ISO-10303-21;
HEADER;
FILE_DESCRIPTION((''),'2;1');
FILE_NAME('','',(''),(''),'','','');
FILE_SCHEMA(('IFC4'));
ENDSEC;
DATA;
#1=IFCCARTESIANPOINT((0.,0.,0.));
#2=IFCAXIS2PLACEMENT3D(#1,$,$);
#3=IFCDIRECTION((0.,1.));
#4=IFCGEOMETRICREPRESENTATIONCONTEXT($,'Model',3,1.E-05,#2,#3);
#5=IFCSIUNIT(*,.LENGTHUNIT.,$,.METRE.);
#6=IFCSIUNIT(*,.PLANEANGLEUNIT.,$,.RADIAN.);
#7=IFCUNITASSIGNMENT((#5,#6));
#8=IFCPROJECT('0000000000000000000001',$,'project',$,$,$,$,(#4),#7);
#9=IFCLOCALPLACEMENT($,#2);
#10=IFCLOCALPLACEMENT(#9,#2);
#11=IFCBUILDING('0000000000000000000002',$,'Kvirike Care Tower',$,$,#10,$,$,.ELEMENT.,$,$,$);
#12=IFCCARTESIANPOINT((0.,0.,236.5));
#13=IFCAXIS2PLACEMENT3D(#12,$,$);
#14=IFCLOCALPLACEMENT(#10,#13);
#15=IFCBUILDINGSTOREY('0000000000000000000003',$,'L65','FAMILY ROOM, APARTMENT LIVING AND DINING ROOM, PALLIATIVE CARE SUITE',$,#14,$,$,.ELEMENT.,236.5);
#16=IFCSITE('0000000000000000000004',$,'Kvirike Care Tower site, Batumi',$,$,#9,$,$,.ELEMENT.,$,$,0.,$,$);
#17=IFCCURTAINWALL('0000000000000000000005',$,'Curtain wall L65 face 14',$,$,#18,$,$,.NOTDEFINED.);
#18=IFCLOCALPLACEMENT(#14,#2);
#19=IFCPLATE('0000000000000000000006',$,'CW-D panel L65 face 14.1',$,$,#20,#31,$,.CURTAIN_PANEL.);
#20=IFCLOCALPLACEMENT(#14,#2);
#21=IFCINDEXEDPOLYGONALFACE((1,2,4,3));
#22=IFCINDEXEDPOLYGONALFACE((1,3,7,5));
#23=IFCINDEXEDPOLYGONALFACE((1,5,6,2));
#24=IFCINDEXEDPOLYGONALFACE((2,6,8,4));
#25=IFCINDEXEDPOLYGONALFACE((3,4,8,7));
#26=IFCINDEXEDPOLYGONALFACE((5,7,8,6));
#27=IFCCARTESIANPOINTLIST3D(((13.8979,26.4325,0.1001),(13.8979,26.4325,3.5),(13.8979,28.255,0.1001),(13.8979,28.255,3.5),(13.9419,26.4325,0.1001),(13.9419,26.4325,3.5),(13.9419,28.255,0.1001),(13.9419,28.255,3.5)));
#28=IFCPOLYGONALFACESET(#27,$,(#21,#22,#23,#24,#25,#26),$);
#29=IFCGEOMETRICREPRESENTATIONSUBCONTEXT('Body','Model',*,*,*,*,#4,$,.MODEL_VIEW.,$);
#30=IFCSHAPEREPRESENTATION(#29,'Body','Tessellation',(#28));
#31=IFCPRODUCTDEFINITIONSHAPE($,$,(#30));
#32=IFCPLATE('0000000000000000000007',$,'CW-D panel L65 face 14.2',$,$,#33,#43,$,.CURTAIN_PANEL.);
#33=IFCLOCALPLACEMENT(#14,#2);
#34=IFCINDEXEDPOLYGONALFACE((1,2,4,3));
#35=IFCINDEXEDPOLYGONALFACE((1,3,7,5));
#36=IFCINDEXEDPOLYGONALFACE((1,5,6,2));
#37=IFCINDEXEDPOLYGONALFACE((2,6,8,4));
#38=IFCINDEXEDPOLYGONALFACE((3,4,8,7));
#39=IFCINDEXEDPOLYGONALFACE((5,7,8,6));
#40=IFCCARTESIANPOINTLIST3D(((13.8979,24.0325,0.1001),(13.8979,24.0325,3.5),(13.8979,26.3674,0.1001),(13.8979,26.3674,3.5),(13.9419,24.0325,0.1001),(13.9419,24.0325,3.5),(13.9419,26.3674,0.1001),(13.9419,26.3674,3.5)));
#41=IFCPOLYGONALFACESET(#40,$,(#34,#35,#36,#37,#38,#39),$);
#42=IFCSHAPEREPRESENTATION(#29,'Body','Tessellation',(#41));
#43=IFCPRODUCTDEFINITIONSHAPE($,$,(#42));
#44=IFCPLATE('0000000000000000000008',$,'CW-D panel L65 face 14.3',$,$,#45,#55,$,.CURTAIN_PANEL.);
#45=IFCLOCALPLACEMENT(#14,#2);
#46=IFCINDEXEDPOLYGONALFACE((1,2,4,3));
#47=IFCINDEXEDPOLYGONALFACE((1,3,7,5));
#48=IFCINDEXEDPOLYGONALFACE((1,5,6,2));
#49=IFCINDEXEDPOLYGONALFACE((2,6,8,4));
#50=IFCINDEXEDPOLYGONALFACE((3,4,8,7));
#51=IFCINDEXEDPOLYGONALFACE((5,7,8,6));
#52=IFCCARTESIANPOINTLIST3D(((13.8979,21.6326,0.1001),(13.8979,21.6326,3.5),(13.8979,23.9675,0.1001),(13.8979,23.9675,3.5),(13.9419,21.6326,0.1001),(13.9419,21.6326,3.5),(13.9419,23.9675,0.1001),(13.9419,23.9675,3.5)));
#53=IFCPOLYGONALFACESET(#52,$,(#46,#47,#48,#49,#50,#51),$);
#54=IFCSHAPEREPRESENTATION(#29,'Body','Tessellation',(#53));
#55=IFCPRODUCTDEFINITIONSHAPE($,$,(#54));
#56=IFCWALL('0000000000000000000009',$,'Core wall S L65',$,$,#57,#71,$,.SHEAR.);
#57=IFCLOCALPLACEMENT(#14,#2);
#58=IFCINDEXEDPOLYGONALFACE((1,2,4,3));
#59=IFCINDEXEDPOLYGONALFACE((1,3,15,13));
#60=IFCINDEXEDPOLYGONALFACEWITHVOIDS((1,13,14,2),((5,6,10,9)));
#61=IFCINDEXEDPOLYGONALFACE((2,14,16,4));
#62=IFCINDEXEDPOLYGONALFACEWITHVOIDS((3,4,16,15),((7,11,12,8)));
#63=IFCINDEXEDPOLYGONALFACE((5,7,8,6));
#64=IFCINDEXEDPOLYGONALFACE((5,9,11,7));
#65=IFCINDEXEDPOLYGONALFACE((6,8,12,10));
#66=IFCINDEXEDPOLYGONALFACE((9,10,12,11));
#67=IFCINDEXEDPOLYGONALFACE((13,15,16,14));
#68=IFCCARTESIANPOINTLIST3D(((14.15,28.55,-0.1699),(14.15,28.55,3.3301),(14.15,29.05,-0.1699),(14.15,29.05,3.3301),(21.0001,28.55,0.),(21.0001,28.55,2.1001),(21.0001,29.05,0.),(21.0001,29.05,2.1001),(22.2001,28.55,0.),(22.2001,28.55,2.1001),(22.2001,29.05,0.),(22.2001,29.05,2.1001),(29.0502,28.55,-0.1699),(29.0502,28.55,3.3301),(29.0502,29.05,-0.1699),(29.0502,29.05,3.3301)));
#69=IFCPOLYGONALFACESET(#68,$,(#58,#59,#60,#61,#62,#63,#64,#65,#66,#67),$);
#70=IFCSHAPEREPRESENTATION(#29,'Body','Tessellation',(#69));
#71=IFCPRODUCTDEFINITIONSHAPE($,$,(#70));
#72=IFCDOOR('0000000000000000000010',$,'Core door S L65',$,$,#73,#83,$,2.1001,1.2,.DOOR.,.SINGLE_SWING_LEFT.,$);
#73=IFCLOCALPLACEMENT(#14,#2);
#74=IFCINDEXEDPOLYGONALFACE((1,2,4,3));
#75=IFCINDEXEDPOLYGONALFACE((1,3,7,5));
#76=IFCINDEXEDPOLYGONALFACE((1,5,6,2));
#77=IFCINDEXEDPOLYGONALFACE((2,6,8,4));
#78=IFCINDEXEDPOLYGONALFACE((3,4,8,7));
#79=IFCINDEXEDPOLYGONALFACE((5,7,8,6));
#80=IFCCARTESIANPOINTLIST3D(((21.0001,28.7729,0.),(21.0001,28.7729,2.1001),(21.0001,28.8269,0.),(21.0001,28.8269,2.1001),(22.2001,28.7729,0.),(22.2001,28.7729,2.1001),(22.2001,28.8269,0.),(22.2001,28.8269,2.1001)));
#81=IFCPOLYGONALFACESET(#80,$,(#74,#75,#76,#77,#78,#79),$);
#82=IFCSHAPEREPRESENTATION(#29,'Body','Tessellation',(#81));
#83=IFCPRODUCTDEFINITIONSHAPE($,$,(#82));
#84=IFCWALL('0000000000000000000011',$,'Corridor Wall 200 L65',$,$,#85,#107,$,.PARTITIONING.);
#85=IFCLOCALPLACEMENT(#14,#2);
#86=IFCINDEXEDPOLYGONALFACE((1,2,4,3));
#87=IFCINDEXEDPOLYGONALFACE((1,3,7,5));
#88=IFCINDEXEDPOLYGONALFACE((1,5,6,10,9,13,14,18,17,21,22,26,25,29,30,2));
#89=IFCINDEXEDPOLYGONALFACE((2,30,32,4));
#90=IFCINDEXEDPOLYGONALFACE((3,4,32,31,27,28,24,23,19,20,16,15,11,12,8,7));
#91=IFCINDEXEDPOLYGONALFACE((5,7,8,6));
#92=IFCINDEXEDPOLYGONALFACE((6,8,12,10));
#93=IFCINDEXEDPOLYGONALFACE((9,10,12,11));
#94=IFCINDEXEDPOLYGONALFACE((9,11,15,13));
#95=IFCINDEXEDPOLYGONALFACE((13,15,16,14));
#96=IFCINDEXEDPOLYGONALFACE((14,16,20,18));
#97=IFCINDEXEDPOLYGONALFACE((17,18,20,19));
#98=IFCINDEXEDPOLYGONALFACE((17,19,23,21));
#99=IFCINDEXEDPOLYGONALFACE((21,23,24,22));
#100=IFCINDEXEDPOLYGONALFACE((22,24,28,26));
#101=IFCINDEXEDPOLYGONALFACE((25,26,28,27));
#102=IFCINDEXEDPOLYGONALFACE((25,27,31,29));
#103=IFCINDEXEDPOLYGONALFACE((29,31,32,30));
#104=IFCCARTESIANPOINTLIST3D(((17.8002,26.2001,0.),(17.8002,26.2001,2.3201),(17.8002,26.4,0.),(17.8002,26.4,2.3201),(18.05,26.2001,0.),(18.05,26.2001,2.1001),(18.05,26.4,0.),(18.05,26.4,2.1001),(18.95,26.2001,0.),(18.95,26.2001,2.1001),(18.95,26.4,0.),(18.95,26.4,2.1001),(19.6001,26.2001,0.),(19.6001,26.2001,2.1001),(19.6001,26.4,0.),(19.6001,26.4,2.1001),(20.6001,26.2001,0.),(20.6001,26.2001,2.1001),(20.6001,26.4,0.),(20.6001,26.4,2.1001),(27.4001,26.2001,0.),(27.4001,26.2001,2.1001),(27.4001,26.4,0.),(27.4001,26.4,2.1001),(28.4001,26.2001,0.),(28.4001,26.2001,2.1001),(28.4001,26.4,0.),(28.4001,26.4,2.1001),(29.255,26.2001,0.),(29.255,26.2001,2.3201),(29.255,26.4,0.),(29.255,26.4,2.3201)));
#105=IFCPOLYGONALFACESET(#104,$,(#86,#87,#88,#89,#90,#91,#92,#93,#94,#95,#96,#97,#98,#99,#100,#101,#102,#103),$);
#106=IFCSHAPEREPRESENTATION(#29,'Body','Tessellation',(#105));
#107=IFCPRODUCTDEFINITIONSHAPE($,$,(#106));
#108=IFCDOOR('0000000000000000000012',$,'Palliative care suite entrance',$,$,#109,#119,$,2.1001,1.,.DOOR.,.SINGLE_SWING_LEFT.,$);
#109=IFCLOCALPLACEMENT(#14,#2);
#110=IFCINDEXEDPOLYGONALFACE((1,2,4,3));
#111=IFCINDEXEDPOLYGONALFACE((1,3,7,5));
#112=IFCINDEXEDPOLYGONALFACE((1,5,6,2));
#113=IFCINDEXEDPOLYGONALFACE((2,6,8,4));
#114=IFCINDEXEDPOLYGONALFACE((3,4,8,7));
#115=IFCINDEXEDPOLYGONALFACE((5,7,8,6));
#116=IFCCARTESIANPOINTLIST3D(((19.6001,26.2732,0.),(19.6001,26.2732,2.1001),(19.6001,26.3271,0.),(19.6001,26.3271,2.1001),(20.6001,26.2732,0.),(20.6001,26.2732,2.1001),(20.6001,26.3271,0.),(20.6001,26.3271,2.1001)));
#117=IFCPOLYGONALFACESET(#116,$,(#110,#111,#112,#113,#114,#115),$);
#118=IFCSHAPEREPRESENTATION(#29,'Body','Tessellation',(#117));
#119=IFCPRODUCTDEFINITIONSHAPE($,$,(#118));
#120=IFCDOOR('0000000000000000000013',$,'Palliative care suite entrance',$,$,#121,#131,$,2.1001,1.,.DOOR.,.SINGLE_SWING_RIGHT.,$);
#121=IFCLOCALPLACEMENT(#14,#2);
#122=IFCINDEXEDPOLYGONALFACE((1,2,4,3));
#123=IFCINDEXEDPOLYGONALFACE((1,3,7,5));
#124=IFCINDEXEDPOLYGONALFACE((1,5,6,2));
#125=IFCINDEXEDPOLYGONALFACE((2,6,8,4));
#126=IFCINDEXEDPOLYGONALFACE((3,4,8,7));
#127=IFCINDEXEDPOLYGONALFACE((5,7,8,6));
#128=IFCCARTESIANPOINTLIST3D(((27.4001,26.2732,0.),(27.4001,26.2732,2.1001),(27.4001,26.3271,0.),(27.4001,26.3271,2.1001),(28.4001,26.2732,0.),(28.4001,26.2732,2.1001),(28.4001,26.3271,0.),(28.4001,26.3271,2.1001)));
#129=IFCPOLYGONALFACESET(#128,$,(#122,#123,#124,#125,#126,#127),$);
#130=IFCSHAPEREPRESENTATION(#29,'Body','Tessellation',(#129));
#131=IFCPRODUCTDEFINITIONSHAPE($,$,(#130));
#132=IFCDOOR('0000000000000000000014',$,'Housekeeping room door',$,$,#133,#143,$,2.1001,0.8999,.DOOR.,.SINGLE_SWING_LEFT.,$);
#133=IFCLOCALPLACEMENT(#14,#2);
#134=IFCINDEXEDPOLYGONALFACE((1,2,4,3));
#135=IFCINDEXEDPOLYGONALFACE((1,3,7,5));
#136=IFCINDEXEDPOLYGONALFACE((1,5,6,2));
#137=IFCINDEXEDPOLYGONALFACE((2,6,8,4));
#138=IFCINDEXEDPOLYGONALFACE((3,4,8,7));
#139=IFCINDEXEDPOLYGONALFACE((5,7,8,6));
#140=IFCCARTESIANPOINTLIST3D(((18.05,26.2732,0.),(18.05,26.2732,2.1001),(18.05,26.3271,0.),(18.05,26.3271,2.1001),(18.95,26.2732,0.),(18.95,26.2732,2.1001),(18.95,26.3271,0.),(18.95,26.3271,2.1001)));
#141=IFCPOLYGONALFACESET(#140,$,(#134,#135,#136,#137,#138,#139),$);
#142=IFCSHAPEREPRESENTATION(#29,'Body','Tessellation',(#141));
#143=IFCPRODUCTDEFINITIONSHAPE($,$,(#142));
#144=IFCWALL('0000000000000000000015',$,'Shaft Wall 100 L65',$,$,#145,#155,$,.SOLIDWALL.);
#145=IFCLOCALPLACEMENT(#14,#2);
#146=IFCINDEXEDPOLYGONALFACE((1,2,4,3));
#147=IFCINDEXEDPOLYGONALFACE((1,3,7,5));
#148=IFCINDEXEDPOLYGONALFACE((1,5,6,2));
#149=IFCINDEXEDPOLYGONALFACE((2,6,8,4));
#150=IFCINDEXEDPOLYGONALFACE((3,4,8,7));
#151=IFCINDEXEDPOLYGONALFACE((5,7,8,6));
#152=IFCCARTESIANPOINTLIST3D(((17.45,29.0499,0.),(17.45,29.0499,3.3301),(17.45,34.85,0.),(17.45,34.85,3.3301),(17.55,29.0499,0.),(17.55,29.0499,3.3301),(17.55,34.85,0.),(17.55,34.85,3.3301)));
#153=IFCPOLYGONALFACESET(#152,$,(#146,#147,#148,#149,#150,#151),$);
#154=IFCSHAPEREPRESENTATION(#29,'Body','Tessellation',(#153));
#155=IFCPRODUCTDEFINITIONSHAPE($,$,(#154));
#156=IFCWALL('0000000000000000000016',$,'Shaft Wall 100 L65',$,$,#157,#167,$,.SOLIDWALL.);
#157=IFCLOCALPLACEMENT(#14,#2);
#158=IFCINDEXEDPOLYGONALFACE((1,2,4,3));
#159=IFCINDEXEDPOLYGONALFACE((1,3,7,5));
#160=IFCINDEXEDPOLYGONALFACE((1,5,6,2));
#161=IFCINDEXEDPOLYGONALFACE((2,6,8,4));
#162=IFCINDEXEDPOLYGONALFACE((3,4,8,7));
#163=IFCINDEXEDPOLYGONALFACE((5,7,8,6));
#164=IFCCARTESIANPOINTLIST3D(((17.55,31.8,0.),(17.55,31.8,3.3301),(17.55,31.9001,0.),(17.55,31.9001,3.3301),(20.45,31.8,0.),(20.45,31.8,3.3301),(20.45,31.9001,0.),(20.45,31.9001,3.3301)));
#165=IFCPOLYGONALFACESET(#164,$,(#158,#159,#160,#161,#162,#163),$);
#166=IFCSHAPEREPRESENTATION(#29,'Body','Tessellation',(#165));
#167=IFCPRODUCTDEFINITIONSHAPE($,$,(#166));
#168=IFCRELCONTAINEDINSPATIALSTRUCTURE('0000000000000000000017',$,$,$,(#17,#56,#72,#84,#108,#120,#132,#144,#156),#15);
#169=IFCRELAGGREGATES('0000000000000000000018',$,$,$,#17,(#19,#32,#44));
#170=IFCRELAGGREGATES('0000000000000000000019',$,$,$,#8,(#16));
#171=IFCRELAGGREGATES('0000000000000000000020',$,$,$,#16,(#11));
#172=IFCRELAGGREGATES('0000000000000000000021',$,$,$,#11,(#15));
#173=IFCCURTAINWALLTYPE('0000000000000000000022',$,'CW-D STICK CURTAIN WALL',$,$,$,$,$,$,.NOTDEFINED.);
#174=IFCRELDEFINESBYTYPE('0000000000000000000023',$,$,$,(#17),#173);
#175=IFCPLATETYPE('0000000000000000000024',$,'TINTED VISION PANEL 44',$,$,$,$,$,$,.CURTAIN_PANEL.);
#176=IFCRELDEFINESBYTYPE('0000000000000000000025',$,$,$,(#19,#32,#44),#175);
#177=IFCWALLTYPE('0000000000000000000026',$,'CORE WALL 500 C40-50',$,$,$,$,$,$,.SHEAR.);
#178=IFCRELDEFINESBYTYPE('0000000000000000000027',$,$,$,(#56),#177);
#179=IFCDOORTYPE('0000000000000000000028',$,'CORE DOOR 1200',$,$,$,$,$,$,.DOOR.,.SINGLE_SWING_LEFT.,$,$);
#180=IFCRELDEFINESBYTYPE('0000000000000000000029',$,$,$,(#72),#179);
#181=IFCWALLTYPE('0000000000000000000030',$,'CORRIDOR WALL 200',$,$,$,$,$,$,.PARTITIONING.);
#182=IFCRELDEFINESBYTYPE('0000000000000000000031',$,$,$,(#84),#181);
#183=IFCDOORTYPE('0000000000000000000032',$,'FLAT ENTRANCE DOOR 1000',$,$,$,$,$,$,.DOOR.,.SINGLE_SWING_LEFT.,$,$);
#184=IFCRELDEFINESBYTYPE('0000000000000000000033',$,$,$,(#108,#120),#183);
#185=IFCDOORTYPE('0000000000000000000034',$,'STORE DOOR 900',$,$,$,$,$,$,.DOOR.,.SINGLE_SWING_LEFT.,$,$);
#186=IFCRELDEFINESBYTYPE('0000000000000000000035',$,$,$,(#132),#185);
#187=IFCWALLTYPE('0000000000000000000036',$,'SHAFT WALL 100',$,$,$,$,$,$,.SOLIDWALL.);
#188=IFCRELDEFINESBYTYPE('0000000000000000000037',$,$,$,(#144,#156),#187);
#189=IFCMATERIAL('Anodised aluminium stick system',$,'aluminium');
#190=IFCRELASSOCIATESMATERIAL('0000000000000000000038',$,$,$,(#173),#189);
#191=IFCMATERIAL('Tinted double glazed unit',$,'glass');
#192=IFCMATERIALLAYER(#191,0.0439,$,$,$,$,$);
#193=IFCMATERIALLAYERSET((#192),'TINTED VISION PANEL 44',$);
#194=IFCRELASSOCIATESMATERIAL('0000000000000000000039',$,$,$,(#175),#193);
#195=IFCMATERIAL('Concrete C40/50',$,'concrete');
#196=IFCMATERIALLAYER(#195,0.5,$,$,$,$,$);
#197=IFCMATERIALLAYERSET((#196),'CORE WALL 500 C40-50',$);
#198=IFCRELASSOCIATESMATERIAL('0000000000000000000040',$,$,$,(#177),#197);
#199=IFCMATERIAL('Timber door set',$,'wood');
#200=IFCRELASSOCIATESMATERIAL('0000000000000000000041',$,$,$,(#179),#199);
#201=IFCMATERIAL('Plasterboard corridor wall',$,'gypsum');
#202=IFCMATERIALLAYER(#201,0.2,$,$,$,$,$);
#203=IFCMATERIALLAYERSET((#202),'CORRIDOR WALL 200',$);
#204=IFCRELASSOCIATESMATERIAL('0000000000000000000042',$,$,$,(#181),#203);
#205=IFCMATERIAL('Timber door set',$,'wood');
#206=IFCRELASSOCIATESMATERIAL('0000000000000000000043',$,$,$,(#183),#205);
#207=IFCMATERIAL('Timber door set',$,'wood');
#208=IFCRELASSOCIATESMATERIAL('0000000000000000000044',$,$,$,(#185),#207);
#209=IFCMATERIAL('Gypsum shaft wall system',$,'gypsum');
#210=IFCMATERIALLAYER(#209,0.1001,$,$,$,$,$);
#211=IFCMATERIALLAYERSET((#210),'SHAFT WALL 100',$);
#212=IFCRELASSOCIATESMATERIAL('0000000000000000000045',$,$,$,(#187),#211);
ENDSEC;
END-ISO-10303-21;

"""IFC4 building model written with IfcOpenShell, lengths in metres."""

from ifc_helpers import new_model, si_unit, direction, frame, frame_2d, origin, origin_2d, place, context, subcontext, project, spatial, rectangle, extrude, material, layer, layer_set, type_object, element, fill, aggregate, save


model = new_model("IFC4")

# Units and contexts
model_context = context("Model", 3, precision=1e-05, world=origin(), true_north=direction((0.0, 1.0)))
body_context = subcontext(model_context, "Body", "Model", "MODEL_VIEW")
ifc_project = project(units=[si_unit("LENGTHUNIT", "METRE"), si_unit("PLANEANGLEUNIT", "RADIAN")], contexts=[model_context])

# Site, building, storey
site_placement = place(None, origin())
site = spatial("IfcSite", under=ifc_project, at=site_placement, Name="Kvirike Care Tower site, Batumi", CompositionType="ELEMENT", RefElevation=0.0)
building_placement = place(site_placement, origin())
building = spatial("IfcBuilding", under=site, at=building_placement, Name="Kvirike Care Tower", CompositionType="ELEMENT")
storey_placement = place(building_placement, frame((0.0, 0.0, 236.5)))
storey = spatial("IfcBuildingStorey", under=building, at=storey_placement, Name="L65", Description="FAMILY ROOM, APARTMENT LIVING AND DINING ROOM, PALLIATIVE CARE SUITE", CompositionType="ELEMENT", Elevation=236.5)

# Curtain wall
ifc_material_1 = material(Name="Anodised aluminium stick system", Category="aluminium")
curtain_wall_type = type_object("IfcCurtainWallType", Name="CW-D STICK CURTAIN WALL", PredefinedType="NOTDEFINED", material=ifc_material_1)
curtain_wall_placement = place(storey_placement, origin())
curtain_wall = element("IfcCurtainWall", 1, at=curtain_wall_placement, inside=storey, type_object=curtain_wall_type, Name="Curtain wall L65 face 14", PredefinedType="NOTDEFINED")

# Plates
ifc_material_2 = material(Name="Tinted double glazed unit", Category="glass")
ifc_layer_1 = layer(ifc_material_2, 0.0439)
ifc_layer_set_1 = layer_set([ifc_layer_1], Name="TINTED VISION PANEL 44")
plate_type = type_object("IfcPlateType", Name="TINTED VISION PANEL 44", PredefinedType="CURTAIN_PANEL", material=ifc_layer_set_1)
plate_1_placement = place(storey_placement, frame((13.9199, 27.3438, 0.1001), z_axis=(0.0, 0.0, 1.0), x_axis=(0.0, -1.0, 0.0)))
plate_1 = element("IfcPlate", 2, at=plate_1_placement, type_object=plate_type, Name="CW-D panel L65 face 14.1", PredefinedType="CURTAIN_PANEL", context=body_context, shape_type="SweptSolid", body=[
    extrude(rectangle(XDim=1.8225, YDim=0.0439, at=origin_2d()), origin(), (0.0, 0.0, 1.0), 3.3999),
])
plate_2_placement = place(storey_placement, frame((13.9199, 25.2, 0.1001), z_axis=(0.0, 0.0, 1.0), x_axis=(0.0, -1.0, 0.0)))
plate_2 = element("IfcPlate", 3, at=plate_2_placement, type_object=plate_type, Name="CW-D panel L65 face 14.2", PredefinedType="CURTAIN_PANEL", context=body_context, shape_type="SweptSolid", body=[
    extrude(rectangle(XDim=2.335, YDim=0.0439, at=origin_2d()), origin(), (0.0, 0.0, 1.0), 3.3999),
])
plate_3_placement = place(storey_placement, frame((13.9199, 22.8, 0.1001), z_axis=(0.0, 0.0, 1.0), x_axis=(0.0, -1.0, 0.0)))
plate_3 = element("IfcPlate", 4, at=plate_3_placement, type_object=plate_type, Name="CW-D panel L65 face 14.3", PredefinedType="CURTAIN_PANEL", context=body_context, shape_type="SweptSolid", body=[
    extrude(rectangle(XDim=2.335, YDim=0.0439, at=origin_2d()), origin(), (0.0, 0.0, 1.0), 3.3999),
])
aggregate(curtain_wall, [plate_1, plate_2, plate_3])

# Wall, opening, door
ifc_material_3 = material(Name="Concrete C40/50", Category="concrete")
ifc_layer_2 = layer(ifc_material_3, 0.5)
ifc_layer_set_2 = layer_set([ifc_layer_2], Name="CORE WALL 500 C40-50")
wall_type_1 = type_object("IfcWallType", Name="CORE WALL 500 C40-50", PredefinedType="SHEAR", material=ifc_layer_set_2)
wall_1_placement = place(storey_placement, frame((14.1499, 28.8, -0.1699), z_axis=(0.0, 0.0, 1.0), x_axis=(1.0, 0.0, 0.0)))
wall_1 = element("IfcWall", 5, at=wall_1_placement, inside=storey, type_object=wall_type_1, Name="Core wall S L65", PredefinedType="SHEAR", context=body_context, shape_type="SweptSolid", body=[
    extrude(rectangle(XDim=14.9001, YDim=0.5, at=frame_2d((7.4502, 0.0))), origin(), (0.0, 0.0, 1.0), 3.5),
])
opening_1_placement = place(wall_1_placement, frame((6.8501, 0.0, 0.1699)))
opening_1 = element("IfcOpeningElement", 6, at=opening_1_placement, cuts=wall_1, PredefinedType="OPENING", context=body_context, shape_type="SweptSolid", body=[
    extrude(rectangle(XDim=1.2, YDim=2.1001, at=frame_2d((0.6001, 1.05))), frame((0.0, 0.2605, 0.0), z_axis=(0.0, -1.0, 0.0), x_axis=(1.0, 0.0, 0.0)), (0.0, 0.0, 1.0), 0.521),
])
ifc_material_4 = material(Name="Timber door set", Category="wood")
door_type_1 = type_object("IfcDoorType", Name="CORE DOOR 1200", OperationType="SINGLE_SWING_LEFT", PredefinedType="DOOR", material=ifc_material_4)
door_1_placement = place(opening_1_placement, origin())
door_1 = element("IfcDoor", 7, at=door_1_placement, inside=storey, type_object=door_type_1, Name="Core door S L65", OperationType="SINGLE_SWING_LEFT", OverallHeight=2.1001, OverallWidth=1.2, PredefinedType="DOOR", context=body_context, shape_type="SweptSolid", body=[
    extrude(rectangle(XDim=1.2, YDim=2.1001, at=frame_2d((0.6001, 1.05))), frame((0.0, 0.0269, 0.0), z_axis=(0.0, -1.0, 0.0), x_axis=(1.0, 0.0, 0.0)), (0.0, 0.0, 1.0), 0.054),
])
fill(opening_1, door_1)

# Wall, openings, doors
ifc_material_5 = material(Name="Plasterboard corridor wall", Category="gypsum")
ifc_layer_3 = layer(ifc_material_5, 0.2)
ifc_layer_set_3 = layer_set([ifc_layer_3], Name="CORRIDOR WALL 200")
wall_type_2 = type_object("IfcWallType", Name="CORRIDOR WALL 200", PredefinedType="PARTITIONING", material=ifc_layer_set_3)
wall_2_placement = place(storey_placement, frame((17.8, 26.3, 0.0), z_axis=(0.0, 0.0, 1.0), x_axis=(1.0, 0.0, 0.0)))
wall_2 = element("IfcWall", 8, at=wall_2_placement, inside=storey, type_object=wall_type_2, Name="Corridor Wall 200 L65", PredefinedType="PARTITIONING", context=body_context, shape_type="SweptSolid", body=[
    extrude(rectangle(XDim=11.4548, YDim=0.2, at=frame_2d((5.7275, 0.0))), origin(), (0.0, 0.0, 1.0), 2.3201),
])
opening_2_placement = place(wall_2_placement, frame((0.25, 0.0, 0.0)))
opening_2 = element("IfcOpeningElement", 9, at=opening_2_placement, cuts=wall_2, PredefinedType="OPENING", context=body_context, shape_type="SweptSolid", body=[
    extrude(rectangle(XDim=0.8999, YDim=2.1001, at=frame_2d((0.45, 1.05))), frame((0.0, 0.1106, 0.0), z_axis=(0.0, -1.0, 0.0), x_axis=(1.0, 0.0, 0.0)), (0.0, 0.0, 1.0), 0.2209),
])
opening_3_placement = place(wall_2_placement, frame((1.8, 0.0, 0.0)))
opening_3 = element("IfcOpeningElement", 10, at=opening_3_placement, cuts=wall_2, PredefinedType="OPENING", context=body_context, shape_type="SweptSolid", body=[
    extrude(rectangle(XDim=1.0, YDim=2.1001, at=frame_2d((0.5, 1.05))), frame((0.0, 0.1106, 0.0), z_axis=(0.0, -1.0, 0.0), x_axis=(1.0, 0.0, 0.0)), (0.0, 0.0, 1.0), 0.2209),
])
opening_4_placement = place(wall_2_placement, frame((9.6001, 0.0, 0.0)))
opening_4 = element("IfcOpeningElement", 11, at=opening_4_placement, cuts=wall_2, PredefinedType="OPENING", context=body_context, shape_type="SweptSolid", body=[
    extrude(rectangle(XDim=1.0, YDim=2.1001, at=frame_2d((0.5, 1.05))), frame((0.0, 0.1106, 0.0), z_axis=(0.0, -1.0, 0.0), x_axis=(1.0, 0.0, 0.0)), (0.0, 0.0, 1.0), 0.2209),
])
ifc_material_6 = material(Name="Timber door set", Category="wood")
door_type_2 = type_object("IfcDoorType", Name="FLAT ENTRANCE DOOR 1000", OperationType="SINGLE_SWING_LEFT", PredefinedType="DOOR", material=ifc_material_6)
door_2_placement = place(opening_3_placement, frame((1.0, 0.0, 0.0), z_axis=(0.0, 0.0, 1.0), x_axis=(-1.0, 0.0, 0.0)))
door_2 = element("IfcDoor", 12, at=door_2_placement, inside=storey, type_object=door_type_2, Name="Palliative care suite entrance", OperationType="SINGLE_SWING_LEFT", OverallHeight=2.1001, OverallWidth=1.0, PredefinedType="DOOR", context=body_context, shape_type="SweptSolid", body=[
    extrude(rectangle(XDim=1.0, YDim=2.1001, at=frame_2d((0.5, 1.05))), frame((0.0, 0.0269, 0.0), z_axis=(0.0, -1.0, 0.0), x_axis=(1.0, 0.0, 0.0)), (0.0, 0.0, 1.0), 0.054),
])
fill(opening_3, door_2)
door_3_placement = place(opening_4_placement, frame((1.0, 0.0, 0.0), z_axis=(0.0, 0.0, 1.0), x_axis=(-1.0, 0.0, 0.0)))
door_3 = element("IfcDoor", 13, at=door_3_placement, inside=storey, type_object=door_type_2, Name="Palliative care suite entrance", OperationType="SINGLE_SWING_RIGHT", OverallHeight=2.1001, OverallWidth=1.0, PredefinedType="DOOR", context=body_context, shape_type="SweptSolid", body=[
    extrude(rectangle(XDim=1.0, YDim=2.1001, at=frame_2d((0.5, 1.05))), frame((0.0, 0.0269, 0.0), z_axis=(0.0, -1.0, 0.0), x_axis=(1.0, 0.0, 0.0)), (0.0, 0.0, 1.0), 0.054),
])
fill(opening_4, door_3)
ifc_material_7 = material(Name="Timber door set", Category="wood")
door_type_3 = type_object("IfcDoorType", Name="STORE DOOR 900", OperationType="SINGLE_SWING_LEFT", PredefinedType="DOOR", material=ifc_material_7)
door_4_placement = place(opening_2_placement, frame((0.8999, 0.0, 0.0), z_axis=(0.0, 0.0, 1.0), x_axis=(-1.0, 0.0, 0.0)))
door_4 = element("IfcDoor", 14, at=door_4_placement, inside=storey, type_object=door_type_3, Name="Housekeeping room door", OperationType="SINGLE_SWING_LEFT", OverallHeight=2.1001, OverallWidth=0.8999, PredefinedType="DOOR", context=body_context, shape_type="SweptSolid", body=[
    extrude(rectangle(XDim=0.8999, YDim=2.1001, at=frame_2d((0.45, 1.05))), frame((0.0, 0.0269, 0.0), z_axis=(0.0, -1.0, 0.0), x_axis=(1.0, 0.0, 0.0)), (0.0, 0.0, 1.0), 0.054),
])
fill(opening_2, door_4)

# Walls
ifc_material_8 = material(Name="Gypsum shaft wall system", Category="gypsum")
ifc_layer_4 = layer(ifc_material_8, 0.1001)
ifc_layer_set_4 = layer_set([ifc_layer_4], Name="SHAFT WALL 100")
wall_type_3 = type_object("IfcWallType", Name="SHAFT WALL 100", PredefinedType="SOLIDWALL", material=ifc_layer_set_4)
wall_3_placement = place(storey_placement, frame((17.5, 29.05, 0.0), z_axis=(0.0, 0.0, 1.0), x_axis=(0.0, 1.0, 0.0)))
element("IfcWall", 15, at=wall_3_placement, inside=storey, type_object=wall_type_3, Name="Shaft Wall 100 L65", PredefinedType="SOLIDWALL", context=body_context, shape_type="SweptSolid", body=[
    extrude(rectangle(XDim=5.8, YDim=0.1001, at=frame_2d((2.8999, 0.0))), origin(), (0.0, 0.0, 1.0), 3.3301),
])
wall_4_placement = place(storey_placement, frame((17.55, 31.8501, 0.0), z_axis=(0.0, 0.0, 1.0), x_axis=(1.0, 0.0, 0.0)))
element("IfcWall", 16, at=wall_4_placement, inside=storey, type_object=wall_type_3, Name="Shaft Wall 100 L65", PredefinedType="SOLIDWALL", context=body_context, shape_type="SweptSolid", body=[
    extrude(rectangle(XDim=2.8999, YDim=0.1001, at=frame_2d((1.45, 0.0))), origin(), (0.0, 0.0, 1.0), 3.3301),
])

save(model, "model.ifc")
